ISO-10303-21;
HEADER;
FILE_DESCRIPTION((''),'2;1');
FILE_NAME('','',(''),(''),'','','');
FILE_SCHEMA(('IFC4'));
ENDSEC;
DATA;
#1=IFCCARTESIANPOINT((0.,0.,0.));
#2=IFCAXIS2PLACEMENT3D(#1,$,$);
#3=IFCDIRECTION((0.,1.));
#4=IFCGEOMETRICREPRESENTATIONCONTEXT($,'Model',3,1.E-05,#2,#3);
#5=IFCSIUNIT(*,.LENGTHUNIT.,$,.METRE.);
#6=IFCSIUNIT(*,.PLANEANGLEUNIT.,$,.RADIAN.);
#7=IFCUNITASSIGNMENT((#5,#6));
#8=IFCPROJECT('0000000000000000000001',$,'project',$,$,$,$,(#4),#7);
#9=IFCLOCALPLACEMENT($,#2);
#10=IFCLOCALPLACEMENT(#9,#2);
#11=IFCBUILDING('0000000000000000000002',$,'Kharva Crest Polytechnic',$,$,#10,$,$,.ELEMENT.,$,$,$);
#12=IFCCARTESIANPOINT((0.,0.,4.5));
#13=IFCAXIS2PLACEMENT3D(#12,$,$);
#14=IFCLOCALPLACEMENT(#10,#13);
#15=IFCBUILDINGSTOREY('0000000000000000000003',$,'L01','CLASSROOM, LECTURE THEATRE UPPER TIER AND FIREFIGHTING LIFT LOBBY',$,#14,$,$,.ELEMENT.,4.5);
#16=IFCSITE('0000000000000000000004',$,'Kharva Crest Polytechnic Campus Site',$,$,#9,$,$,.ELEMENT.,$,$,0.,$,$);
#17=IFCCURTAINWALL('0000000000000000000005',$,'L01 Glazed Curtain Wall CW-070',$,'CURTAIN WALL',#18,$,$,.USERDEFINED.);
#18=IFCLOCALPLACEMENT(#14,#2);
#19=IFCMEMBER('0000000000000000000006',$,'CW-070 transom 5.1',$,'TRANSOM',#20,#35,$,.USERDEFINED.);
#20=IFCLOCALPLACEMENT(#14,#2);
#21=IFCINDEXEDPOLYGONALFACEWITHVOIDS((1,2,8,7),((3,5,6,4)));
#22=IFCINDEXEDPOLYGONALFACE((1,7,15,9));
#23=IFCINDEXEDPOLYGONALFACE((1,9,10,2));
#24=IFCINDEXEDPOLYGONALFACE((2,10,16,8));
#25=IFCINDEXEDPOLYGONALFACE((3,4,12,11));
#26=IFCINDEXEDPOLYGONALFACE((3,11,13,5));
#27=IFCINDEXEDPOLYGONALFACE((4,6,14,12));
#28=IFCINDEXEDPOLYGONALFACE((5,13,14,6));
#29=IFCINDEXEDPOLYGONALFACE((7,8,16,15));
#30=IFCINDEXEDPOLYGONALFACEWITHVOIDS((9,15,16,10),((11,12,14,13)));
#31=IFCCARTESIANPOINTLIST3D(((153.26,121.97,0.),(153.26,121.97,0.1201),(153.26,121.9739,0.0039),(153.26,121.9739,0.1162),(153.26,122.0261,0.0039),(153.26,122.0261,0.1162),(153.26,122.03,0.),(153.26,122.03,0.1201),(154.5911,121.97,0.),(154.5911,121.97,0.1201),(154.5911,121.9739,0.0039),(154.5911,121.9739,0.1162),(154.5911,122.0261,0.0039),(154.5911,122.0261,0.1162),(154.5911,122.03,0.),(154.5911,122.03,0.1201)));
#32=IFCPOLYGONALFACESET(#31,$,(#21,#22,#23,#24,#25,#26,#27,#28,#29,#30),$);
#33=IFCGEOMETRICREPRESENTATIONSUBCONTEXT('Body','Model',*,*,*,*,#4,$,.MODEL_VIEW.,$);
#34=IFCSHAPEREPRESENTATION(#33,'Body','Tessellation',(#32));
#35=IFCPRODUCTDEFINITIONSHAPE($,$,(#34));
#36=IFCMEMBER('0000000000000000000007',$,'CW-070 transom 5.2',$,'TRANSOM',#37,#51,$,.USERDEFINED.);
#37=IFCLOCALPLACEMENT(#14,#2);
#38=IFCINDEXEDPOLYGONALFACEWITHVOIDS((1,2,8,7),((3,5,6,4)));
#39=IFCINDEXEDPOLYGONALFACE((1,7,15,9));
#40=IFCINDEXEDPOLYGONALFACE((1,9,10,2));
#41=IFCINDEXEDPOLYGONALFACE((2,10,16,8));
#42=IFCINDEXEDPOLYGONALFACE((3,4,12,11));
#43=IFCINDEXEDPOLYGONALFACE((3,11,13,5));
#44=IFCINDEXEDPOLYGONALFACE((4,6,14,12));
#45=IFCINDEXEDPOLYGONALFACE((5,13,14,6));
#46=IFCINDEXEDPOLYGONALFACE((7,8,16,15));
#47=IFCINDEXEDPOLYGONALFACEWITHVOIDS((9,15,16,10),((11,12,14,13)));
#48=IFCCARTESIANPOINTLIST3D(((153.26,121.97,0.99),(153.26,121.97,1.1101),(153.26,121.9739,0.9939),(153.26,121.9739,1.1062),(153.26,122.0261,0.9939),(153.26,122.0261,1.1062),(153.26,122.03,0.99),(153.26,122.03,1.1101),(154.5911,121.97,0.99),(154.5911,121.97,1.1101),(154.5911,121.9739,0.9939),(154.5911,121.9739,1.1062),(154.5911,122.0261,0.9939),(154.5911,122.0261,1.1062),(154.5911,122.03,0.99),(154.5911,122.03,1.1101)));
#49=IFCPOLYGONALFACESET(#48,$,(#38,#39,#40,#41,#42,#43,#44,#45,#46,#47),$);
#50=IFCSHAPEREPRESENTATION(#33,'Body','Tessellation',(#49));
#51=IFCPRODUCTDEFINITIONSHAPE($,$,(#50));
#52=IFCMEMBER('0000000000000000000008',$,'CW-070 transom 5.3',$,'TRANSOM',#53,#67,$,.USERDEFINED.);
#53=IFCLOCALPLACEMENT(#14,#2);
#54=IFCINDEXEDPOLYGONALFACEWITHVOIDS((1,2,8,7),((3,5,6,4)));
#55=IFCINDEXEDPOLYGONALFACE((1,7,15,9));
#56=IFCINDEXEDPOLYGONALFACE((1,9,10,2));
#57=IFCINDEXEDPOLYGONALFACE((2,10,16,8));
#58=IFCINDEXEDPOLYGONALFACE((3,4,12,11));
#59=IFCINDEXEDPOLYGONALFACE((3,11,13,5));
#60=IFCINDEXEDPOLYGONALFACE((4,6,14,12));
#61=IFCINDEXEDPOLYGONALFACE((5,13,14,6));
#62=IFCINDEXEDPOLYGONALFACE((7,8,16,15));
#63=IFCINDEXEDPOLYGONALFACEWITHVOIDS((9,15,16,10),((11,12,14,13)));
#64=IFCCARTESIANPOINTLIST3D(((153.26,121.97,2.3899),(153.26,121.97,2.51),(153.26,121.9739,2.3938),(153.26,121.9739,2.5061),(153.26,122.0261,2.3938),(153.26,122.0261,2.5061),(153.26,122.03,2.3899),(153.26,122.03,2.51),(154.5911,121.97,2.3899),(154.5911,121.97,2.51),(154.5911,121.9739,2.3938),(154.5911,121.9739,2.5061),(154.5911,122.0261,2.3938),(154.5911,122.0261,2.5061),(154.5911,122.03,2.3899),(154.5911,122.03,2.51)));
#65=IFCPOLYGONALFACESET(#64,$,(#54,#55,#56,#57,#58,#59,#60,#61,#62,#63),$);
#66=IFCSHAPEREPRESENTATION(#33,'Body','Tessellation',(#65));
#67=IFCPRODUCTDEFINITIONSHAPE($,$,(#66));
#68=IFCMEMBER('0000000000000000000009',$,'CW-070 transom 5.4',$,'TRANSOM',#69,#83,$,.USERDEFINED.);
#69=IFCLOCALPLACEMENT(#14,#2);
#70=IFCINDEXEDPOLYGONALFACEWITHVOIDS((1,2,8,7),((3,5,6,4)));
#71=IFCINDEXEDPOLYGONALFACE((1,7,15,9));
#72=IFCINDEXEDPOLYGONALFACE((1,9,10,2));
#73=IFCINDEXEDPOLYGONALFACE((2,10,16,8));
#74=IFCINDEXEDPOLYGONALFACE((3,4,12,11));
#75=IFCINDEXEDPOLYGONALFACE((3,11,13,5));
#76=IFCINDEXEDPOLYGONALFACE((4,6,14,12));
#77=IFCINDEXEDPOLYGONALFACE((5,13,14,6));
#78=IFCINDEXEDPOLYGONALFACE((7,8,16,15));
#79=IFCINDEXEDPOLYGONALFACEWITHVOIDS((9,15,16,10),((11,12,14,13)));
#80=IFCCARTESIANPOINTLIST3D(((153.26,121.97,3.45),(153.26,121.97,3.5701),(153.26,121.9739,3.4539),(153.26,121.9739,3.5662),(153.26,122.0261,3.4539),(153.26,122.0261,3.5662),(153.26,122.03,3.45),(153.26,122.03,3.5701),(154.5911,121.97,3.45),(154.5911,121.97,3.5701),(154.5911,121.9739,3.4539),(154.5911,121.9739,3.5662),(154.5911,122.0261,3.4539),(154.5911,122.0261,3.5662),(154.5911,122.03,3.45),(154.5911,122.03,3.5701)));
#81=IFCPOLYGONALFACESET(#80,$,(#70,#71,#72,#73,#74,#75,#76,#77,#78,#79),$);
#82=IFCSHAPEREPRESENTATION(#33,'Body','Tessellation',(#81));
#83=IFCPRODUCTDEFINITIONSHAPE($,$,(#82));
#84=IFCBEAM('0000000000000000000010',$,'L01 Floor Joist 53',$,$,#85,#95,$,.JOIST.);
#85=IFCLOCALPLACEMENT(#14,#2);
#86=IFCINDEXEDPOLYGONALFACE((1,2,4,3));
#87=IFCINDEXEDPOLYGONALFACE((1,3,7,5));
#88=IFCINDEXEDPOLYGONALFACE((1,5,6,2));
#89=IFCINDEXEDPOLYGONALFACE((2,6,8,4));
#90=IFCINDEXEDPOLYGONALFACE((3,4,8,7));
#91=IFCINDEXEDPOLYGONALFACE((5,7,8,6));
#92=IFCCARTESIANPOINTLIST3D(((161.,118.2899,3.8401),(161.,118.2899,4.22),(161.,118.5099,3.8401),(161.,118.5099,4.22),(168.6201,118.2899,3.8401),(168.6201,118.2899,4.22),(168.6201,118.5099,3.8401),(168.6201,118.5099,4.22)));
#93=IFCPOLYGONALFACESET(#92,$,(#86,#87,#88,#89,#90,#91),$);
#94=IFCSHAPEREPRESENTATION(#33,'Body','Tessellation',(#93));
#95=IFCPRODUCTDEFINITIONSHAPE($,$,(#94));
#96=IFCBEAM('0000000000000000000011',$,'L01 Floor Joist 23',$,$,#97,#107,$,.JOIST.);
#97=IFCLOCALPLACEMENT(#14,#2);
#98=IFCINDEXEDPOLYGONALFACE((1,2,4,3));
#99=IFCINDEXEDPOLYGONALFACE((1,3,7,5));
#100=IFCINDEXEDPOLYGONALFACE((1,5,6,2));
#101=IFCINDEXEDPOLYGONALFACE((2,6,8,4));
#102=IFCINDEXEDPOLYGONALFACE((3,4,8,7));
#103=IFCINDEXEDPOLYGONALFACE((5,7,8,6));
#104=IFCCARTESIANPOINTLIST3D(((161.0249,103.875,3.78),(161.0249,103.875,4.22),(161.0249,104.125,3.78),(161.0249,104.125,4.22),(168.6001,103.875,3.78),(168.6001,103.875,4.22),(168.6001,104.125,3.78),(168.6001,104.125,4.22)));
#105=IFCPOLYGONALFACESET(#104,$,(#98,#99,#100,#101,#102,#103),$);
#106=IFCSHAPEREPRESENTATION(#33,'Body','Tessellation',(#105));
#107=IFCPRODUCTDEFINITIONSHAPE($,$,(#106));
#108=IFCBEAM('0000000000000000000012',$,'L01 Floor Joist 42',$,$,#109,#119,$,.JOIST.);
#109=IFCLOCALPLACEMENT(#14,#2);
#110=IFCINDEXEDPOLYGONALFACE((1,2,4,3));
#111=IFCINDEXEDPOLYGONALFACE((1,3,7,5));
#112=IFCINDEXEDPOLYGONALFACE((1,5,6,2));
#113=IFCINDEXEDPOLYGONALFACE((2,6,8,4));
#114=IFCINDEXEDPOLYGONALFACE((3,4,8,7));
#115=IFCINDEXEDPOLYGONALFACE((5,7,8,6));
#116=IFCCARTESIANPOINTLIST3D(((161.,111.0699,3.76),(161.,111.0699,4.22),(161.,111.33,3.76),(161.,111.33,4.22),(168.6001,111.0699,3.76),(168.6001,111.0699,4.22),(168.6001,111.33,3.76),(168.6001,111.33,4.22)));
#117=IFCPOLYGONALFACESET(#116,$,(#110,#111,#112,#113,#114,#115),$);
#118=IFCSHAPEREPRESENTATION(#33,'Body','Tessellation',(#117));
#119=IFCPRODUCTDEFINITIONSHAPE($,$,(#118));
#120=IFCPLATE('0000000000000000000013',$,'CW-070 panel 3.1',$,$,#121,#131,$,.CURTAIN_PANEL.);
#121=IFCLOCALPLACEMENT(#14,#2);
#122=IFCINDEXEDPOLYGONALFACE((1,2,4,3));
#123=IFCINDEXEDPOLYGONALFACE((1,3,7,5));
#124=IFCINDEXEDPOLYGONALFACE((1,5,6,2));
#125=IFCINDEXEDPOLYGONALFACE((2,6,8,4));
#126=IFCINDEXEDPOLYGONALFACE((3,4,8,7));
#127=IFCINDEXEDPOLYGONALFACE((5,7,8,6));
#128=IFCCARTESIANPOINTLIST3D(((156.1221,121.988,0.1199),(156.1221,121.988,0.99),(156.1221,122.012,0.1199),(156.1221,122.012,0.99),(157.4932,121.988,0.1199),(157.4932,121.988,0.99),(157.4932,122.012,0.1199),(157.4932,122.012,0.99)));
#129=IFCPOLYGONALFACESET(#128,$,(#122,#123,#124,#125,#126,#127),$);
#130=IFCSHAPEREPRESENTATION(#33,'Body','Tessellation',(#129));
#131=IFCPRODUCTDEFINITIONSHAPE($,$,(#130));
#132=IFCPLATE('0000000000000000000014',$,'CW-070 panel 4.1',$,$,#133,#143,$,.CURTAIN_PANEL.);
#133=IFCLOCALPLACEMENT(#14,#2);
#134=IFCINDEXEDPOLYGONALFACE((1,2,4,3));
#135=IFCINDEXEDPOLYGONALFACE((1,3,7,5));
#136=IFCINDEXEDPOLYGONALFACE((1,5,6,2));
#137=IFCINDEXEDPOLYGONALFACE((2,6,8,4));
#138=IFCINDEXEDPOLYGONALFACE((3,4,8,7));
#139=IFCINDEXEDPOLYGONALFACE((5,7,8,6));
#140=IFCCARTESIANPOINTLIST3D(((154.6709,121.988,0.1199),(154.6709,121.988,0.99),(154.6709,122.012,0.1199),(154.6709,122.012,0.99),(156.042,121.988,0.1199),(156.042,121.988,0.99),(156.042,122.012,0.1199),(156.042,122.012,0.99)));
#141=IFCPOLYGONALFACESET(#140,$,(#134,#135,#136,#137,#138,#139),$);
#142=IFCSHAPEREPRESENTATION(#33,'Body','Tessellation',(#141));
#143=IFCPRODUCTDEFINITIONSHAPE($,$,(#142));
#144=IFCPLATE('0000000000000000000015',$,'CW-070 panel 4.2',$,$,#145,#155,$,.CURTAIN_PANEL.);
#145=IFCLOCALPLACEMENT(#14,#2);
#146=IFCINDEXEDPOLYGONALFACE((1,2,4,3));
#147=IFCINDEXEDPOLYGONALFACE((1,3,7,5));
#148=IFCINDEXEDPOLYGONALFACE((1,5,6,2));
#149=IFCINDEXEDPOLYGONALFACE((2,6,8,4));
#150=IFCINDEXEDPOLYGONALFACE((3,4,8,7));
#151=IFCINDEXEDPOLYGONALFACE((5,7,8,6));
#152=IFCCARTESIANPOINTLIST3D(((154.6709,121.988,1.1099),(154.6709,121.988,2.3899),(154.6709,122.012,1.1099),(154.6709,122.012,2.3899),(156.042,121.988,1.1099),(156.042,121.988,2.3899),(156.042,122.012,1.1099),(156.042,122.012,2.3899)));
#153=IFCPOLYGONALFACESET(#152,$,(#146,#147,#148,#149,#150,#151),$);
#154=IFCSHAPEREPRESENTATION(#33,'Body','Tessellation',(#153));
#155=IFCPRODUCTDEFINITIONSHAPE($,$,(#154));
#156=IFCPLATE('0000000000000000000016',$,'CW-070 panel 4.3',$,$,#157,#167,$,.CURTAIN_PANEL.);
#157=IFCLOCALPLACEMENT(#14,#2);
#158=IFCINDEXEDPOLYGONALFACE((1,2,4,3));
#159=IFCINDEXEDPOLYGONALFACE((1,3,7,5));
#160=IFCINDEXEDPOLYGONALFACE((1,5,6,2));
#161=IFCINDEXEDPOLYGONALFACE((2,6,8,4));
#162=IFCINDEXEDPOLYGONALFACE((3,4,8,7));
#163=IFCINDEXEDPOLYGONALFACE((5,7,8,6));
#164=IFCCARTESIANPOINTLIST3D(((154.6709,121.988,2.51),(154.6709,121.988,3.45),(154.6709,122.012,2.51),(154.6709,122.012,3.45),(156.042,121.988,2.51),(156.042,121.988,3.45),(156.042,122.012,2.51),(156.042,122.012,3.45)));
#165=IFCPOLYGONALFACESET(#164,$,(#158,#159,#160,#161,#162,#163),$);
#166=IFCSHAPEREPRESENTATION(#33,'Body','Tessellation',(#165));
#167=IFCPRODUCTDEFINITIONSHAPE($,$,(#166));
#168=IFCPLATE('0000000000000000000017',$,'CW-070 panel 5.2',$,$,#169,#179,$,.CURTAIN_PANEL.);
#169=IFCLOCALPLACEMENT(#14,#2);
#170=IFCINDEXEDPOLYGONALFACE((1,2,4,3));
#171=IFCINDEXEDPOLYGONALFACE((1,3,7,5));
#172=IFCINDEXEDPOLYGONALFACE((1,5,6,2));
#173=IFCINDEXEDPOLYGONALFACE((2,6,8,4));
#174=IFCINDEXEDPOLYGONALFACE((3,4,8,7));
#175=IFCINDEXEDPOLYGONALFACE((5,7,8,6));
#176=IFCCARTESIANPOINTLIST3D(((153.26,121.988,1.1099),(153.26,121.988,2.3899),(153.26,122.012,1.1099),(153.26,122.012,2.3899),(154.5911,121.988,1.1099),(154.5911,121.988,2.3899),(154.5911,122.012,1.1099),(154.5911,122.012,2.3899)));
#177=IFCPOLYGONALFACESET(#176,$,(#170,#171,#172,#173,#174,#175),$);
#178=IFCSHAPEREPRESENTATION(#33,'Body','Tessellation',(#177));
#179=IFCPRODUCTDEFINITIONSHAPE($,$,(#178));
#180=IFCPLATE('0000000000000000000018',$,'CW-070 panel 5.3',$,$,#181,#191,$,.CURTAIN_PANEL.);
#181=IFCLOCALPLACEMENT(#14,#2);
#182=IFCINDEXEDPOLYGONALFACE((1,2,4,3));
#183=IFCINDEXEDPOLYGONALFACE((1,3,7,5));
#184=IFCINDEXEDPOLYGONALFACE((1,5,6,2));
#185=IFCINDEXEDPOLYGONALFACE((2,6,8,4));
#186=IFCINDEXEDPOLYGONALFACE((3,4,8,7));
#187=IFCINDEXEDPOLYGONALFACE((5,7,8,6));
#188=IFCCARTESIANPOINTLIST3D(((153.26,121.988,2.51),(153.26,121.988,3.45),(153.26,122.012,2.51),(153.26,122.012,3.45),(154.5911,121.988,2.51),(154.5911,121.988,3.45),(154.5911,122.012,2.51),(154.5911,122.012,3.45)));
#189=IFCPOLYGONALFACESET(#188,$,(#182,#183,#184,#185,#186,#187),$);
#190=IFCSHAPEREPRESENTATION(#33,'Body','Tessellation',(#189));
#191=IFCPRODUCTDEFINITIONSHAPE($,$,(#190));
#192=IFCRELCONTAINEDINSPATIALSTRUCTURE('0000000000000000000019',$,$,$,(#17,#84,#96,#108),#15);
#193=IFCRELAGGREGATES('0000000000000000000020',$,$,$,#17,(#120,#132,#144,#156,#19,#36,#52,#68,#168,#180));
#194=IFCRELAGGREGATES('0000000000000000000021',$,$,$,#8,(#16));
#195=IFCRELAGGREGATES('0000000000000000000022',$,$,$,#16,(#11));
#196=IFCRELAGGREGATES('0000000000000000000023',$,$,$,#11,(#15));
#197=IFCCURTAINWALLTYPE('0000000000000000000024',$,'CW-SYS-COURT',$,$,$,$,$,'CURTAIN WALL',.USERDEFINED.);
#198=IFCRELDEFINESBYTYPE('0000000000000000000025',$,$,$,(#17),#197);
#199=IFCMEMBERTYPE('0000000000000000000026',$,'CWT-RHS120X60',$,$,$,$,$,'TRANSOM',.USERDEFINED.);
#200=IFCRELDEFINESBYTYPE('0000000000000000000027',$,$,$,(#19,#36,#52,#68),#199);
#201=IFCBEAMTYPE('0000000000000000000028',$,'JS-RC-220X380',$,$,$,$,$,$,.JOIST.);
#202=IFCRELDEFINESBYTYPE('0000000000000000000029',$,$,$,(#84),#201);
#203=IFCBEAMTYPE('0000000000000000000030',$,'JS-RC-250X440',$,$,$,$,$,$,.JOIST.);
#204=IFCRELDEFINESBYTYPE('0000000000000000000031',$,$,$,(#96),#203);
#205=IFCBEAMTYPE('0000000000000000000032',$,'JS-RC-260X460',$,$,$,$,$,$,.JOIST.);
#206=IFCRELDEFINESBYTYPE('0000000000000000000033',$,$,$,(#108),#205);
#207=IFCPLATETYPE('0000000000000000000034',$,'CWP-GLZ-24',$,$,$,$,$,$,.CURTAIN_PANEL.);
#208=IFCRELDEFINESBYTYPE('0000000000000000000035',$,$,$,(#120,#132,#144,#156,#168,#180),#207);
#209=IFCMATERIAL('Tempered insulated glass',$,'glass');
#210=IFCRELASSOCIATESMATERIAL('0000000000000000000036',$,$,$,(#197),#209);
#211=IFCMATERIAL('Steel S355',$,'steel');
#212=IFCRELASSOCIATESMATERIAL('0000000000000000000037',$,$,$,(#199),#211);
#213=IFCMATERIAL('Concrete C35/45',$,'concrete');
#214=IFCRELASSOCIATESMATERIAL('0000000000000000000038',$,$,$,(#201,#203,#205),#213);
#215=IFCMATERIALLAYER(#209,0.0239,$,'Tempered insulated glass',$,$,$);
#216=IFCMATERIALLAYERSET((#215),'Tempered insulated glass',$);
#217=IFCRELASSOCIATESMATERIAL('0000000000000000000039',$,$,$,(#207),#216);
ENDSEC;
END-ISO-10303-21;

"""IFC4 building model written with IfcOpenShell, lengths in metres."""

from ifc_helpers import new_model, si_unit, direction, frame, origin, origin_2d, place, context, subcontext, project, spatial, rectangle, hollow_rectangle, extrude, material, layer, layer_set, material_profile, profile_set, type_object, element, aggregate, save


model = new_model("IFC4")

# Units and contexts
model_context = context("Model", 3, precision=1e-05, world=origin(), true_north=direction((0.0, 1.0)))
body_context = subcontext(model_context, "Body", "Model", "MODEL_VIEW")
ifc_project = project(units=[si_unit("LENGTHUNIT", "METRE"), si_unit("PLANEANGLEUNIT", "RADIAN")], contexts=[model_context])

# Site, building, storey
site_placement = place(None, origin())
site = spatial("IfcSite", under=ifc_project, at=site_placement, Name="Kharva Crest Polytechnic Campus Site", CompositionType="ELEMENT", RefElevation=0.0)
building_placement = place(site_placement, origin())
building = spatial("IfcBuilding", under=site, at=building_placement, Name="Kharva Crest Polytechnic", CompositionType="ELEMENT")
storey_placement = place(building_placement, frame((0.0, 0.0, 4.5)))
storey = spatial("IfcBuildingStorey", under=building, at=storey_placement, Name="L01", Description="CLASSROOM, LECTURE THEATRE UPPER TIER AND FIREFIGHTING LIFT LOBBY", CompositionType="ELEMENT", Elevation=4.5)

# Shared definitions
ifc_material_1 = material(Name="Concrete C35/45", Category="concrete")

# Curtain wall, members
ifc_material_2 = material(Name="Tempered insulated glass", Category="glass")
curtain_wall_type = type_object("IfcCurtainWallType", Name="CW-SYS-COURT", ElementType="CURTAIN WALL", PredefinedType="USERDEFINED", material=ifc_material_2)
curtain_wall_placement = place(storey_placement, origin())
curtain_wall = element("IfcCurtainWall", 1, at=curtain_wall_placement, inside=storey, type_object=curtain_wall_type, Name="L01 Glazed Curtain Wall CW-070", ObjectType="CURTAIN WALL", PredefinedType="USERDEFINED")
ifc_material_3 = material(Name="Steel S355", Category="steel")
ifc_material_profile_1 = material_profile(ifc_material_3, hollow_rectangle(XDim=0.0601, YDim=0.1201, WallThickness=0.0039, at=origin_2d()), Name="RHS 120X60X4.0")
ifc_profile_set_1 = profile_set([ifc_material_profile_1], Name="Steel S355")
member_type_1 = type_object("IfcMemberType", Name="CWT-RHS120X60", ElementType="TRANSOM", PredefinedType="USERDEFINED", material=ifc_profile_set_1)
member_1_placement = place(storey_placement, frame((154.5911, 122.0, 0.0601), z_axis=(-1.0, 0.0, 0.0), x_axis=(0.0, -1.0, 0.0)))
member_1 = element("IfcMember", 2, at=member_1_placement, type_object=member_type_1, Name="CW-070 transom 5.1", ObjectType="TRANSOM", PredefinedType="USERDEFINED", context=body_context, shape_type="SweptSolid", body=[
    extrude(hollow_rectangle(XDim=0.0601, YDim=0.1201, WallThickness=0.0039, at=origin_2d()), origin(), (0.0, 0.0, 1.0), 1.3311),
])
member_2_placement = place(storey_placement, frame((154.5911, 122.0, 1.05), z_axis=(-1.0, 0.0, 0.0), x_axis=(0.0, -1.0, 0.0)))
member_2 = element("IfcMember", 3, at=member_2_placement, type_object=member_type_1, Name="CW-070 transom 5.2", ObjectType="TRANSOM", PredefinedType="USERDEFINED", context=body_context, shape_type="SweptSolid", body=[
    extrude(hollow_rectangle(XDim=0.0601, YDim=0.1201, WallThickness=0.0039, at=origin_2d()), origin(), (0.0, 0.0, 1.0), 1.3311),
])
member_3_placement = place(storey_placement, frame((154.5911, 122.0, 2.45), z_axis=(-1.0, 0.0, 0.0), x_axis=(0.0, -1.0, 0.0)))
member_3 = element("IfcMember", 4, at=member_3_placement, type_object=member_type_1, Name="CW-070 transom 5.3", ObjectType="TRANSOM", PredefinedType="USERDEFINED", context=body_context, shape_type="SweptSolid", body=[
    extrude(hollow_rectangle(XDim=0.0601, YDim=0.1201, WallThickness=0.0039, at=origin_2d()), origin(), (0.0, 0.0, 1.0), 1.3311),
])
member_4_placement = place(storey_placement, frame((154.5911, 122.0, 3.51), z_axis=(-1.0, 0.0, 0.0), x_axis=(0.0, -1.0, 0.0)))
member_4 = element("IfcMember", 5, at=member_4_placement, type_object=member_type_1, Name="CW-070 transom 5.4", ObjectType="TRANSOM", PredefinedType="USERDEFINED", context=body_context, shape_type="SweptSolid", body=[
    extrude(hollow_rectangle(XDim=0.0601, YDim=0.1201, WallThickness=0.0039, at=origin_2d()), origin(), (0.0, 0.0, 1.0), 1.3311),
])

# Beams
ifc_material_profile_2 = material_profile(ifc_material_1, rectangle(XDim=0.22, YDim=0.3799, at=origin_2d()), Name="RECT 220 X 380")
ifc_profile_set_2 = profile_set([ifc_material_profile_2], Name="Concrete C35/45")
beam_type_1 = type_object("IfcBeamType", Name="JS-RC-220X380", PredefinedType="JOIST", material=ifc_profile_set_2)
beam_1_placement = place(storey_placement, frame((161.0, 118.3999, 4.03), z_axis=(1.0, 0.0, 0.0), x_axis=(0.0, 1.0, 0.0)))
element("IfcBeam", 6, at=beam_1_placement, inside=storey, type_object=beam_type_1, Name="L01 Floor Joist 53", PredefinedType="JOIST", context=body_context, shape_type="SweptSolid", body=[
    extrude(rectangle(XDim=0.22, YDim=0.3799, at=origin_2d()), origin(), (0.0, 0.0, 1.0), 7.6201),
])
ifc_material_profile_3 = material_profile(ifc_material_1, rectangle(XDim=0.25, YDim=0.4399, at=origin_2d()), Name="RECT 250 X 440")
ifc_profile_set_3 = profile_set([ifc_material_profile_3], Name="Concrete C35/45")
beam_type_2 = type_object("IfcBeamType", Name="JS-RC-250X440", PredefinedType="JOIST", material=ifc_profile_set_3)
beam_2_placement = place(storey_placement, frame((161.0249, 104.0, 4.0), z_axis=(1.0, 0.0, 0.0), x_axis=(0.0, 1.0, 0.0)))
element("IfcBeam", 7, at=beam_2_placement, inside=storey, type_object=beam_type_2, Name="L01 Floor Joist 23", PredefinedType="JOIST", context=body_context, shape_type="SweptSolid", body=[
    extrude(rectangle(XDim=0.25, YDim=0.4399, at=origin_2d()), origin(), (0.0, 0.0, 1.0), 7.5752),
])
ifc_material_profile_4 = material_profile(ifc_material_1, rectangle(XDim=0.26, YDim=0.46, at=origin_2d()), Name="RECT 260 X 460")
ifc_profile_set_4 = profile_set([ifc_material_profile_4], Name="Concrete C35/45")
beam_type_3 = type_object("IfcBeamType", Name="JS-RC-260X460", PredefinedType="JOIST", material=ifc_profile_set_4)
beam_3_placement = place(storey_placement, frame((161.0, 111.2, 3.99), z_axis=(1.0, 0.0, 0.0), x_axis=(0.0, 1.0, 0.0)))
element("IfcBeam", 8, at=beam_3_placement, inside=storey, type_object=beam_type_3, Name="L01 Floor Joist 42", PredefinedType="JOIST", context=body_context, shape_type="SweptSolid", body=[
    extrude(rectangle(XDim=0.26, YDim=0.46, at=origin_2d()), origin(), (0.0, 0.0, 1.0), 7.6001),
])

# Plates
ifc_layer = layer(ifc_material_2, 0.0239, Name="Tempered insulated glass")
ifc_layer_set = layer_set([ifc_layer], Name="Tempered insulated glass")
plate_type = type_object("IfcPlateType", Name="CWP-GLZ-24", PredefinedType="CURTAIN_PANEL", material=ifc_layer_set)
plate_1_placement = place(storey_placement, frame((156.8076, 122.0, 0.1199), z_axis=(0.0, 0.0, 1.0), x_axis=(-1.0, 0.0, 0.0)))
plate_1 = element("IfcPlate", 9, at=plate_1_placement, type_object=plate_type, Name="CW-070 panel 3.1", PredefinedType="CURTAIN_PANEL", context=body_context, shape_type="SweptSolid", body=[
    extrude(rectangle(XDim=1.3711, YDim=0.0239, at=origin_2d()), origin(), (0.0, 0.0, 1.0), 0.8701),
])
plate_2_placement = place(storey_placement, frame((155.3564, 122.0, 0.1199), z_axis=(0.0, 0.0, 1.0), x_axis=(-1.0, 0.0, 0.0)))
plate_2 = element("IfcPlate", 10, at=plate_2_placement, type_object=plate_type, Name="CW-070 panel 4.1", PredefinedType="CURTAIN_PANEL", context=body_context, shape_type="SweptSolid", body=[
    extrude(rectangle(XDim=1.3711, YDim=0.0239, at=origin_2d()), origin(), (0.0, 0.0, 1.0), 0.8701),
])
plate_3_placement = place(storey_placement, frame((155.3564, 122.0, 1.1099), z_axis=(0.0, 0.0, 1.0), x_axis=(-1.0, 0.0, 0.0)))
plate_3 = element("IfcPlate", 11, at=plate_3_placement, type_object=plate_type, Name="CW-070 panel 4.2", PredefinedType="CURTAIN_PANEL", context=body_context, shape_type="SweptSolid", body=[
    extrude(rectangle(XDim=1.3711, YDim=0.0239, at=origin_2d()), origin(), (0.0, 0.0, 1.0), 1.28),
])
plate_4_placement = place(storey_placement, frame((155.3564, 122.0, 2.51), z_axis=(0.0, 0.0, 1.0), x_axis=(-1.0, 0.0, 0.0)))
plate_4 = element("IfcPlate", 12, at=plate_4_placement, type_object=plate_type, Name="CW-070 panel 4.3", PredefinedType="CURTAIN_PANEL", context=body_context, shape_type="SweptSolid", body=[
    extrude(rectangle(XDim=1.3711, YDim=0.0239, at=origin_2d()), origin(), (0.0, 0.0, 1.0), 0.9399),
])
plate_5_placement = place(storey_placement, frame((153.9255, 122.0, 1.1099), z_axis=(0.0, 0.0, 1.0), x_axis=(-1.0, 0.0, 0.0)))
plate_5 = element("IfcPlate", 13, at=plate_5_placement, type_object=plate_type, Name="CW-070 panel 5.2", PredefinedType="CURTAIN_PANEL", context=body_context, shape_type="SweptSolid", body=[
    extrude(rectangle(XDim=1.3311, YDim=0.0239, at=origin_2d()), origin(), (0.0, 0.0, 1.0), 1.28),
])
plate_6_placement = place(storey_placement, frame((153.9255, 122.0, 2.51), z_axis=(0.0, 0.0, 1.0), x_axis=(-1.0, 0.0, 0.0)))
plate_6 = element("IfcPlate", 14, at=plate_6_placement, type_object=plate_type, Name="CW-070 panel 5.3", PredefinedType="CURTAIN_PANEL", context=body_context, shape_type="SweptSolid", body=[
    extrude(rectangle(XDim=1.3311, YDim=0.0239, at=origin_2d()), origin(), (0.0, 0.0, 1.0), 0.9399),
])
aggregate(curtain_wall, [plate_1, plate_2, plate_3, plate_4, member_1, member_2, member_3, member_4, plate_5, plate_6])

save(model, "model.ifc")
